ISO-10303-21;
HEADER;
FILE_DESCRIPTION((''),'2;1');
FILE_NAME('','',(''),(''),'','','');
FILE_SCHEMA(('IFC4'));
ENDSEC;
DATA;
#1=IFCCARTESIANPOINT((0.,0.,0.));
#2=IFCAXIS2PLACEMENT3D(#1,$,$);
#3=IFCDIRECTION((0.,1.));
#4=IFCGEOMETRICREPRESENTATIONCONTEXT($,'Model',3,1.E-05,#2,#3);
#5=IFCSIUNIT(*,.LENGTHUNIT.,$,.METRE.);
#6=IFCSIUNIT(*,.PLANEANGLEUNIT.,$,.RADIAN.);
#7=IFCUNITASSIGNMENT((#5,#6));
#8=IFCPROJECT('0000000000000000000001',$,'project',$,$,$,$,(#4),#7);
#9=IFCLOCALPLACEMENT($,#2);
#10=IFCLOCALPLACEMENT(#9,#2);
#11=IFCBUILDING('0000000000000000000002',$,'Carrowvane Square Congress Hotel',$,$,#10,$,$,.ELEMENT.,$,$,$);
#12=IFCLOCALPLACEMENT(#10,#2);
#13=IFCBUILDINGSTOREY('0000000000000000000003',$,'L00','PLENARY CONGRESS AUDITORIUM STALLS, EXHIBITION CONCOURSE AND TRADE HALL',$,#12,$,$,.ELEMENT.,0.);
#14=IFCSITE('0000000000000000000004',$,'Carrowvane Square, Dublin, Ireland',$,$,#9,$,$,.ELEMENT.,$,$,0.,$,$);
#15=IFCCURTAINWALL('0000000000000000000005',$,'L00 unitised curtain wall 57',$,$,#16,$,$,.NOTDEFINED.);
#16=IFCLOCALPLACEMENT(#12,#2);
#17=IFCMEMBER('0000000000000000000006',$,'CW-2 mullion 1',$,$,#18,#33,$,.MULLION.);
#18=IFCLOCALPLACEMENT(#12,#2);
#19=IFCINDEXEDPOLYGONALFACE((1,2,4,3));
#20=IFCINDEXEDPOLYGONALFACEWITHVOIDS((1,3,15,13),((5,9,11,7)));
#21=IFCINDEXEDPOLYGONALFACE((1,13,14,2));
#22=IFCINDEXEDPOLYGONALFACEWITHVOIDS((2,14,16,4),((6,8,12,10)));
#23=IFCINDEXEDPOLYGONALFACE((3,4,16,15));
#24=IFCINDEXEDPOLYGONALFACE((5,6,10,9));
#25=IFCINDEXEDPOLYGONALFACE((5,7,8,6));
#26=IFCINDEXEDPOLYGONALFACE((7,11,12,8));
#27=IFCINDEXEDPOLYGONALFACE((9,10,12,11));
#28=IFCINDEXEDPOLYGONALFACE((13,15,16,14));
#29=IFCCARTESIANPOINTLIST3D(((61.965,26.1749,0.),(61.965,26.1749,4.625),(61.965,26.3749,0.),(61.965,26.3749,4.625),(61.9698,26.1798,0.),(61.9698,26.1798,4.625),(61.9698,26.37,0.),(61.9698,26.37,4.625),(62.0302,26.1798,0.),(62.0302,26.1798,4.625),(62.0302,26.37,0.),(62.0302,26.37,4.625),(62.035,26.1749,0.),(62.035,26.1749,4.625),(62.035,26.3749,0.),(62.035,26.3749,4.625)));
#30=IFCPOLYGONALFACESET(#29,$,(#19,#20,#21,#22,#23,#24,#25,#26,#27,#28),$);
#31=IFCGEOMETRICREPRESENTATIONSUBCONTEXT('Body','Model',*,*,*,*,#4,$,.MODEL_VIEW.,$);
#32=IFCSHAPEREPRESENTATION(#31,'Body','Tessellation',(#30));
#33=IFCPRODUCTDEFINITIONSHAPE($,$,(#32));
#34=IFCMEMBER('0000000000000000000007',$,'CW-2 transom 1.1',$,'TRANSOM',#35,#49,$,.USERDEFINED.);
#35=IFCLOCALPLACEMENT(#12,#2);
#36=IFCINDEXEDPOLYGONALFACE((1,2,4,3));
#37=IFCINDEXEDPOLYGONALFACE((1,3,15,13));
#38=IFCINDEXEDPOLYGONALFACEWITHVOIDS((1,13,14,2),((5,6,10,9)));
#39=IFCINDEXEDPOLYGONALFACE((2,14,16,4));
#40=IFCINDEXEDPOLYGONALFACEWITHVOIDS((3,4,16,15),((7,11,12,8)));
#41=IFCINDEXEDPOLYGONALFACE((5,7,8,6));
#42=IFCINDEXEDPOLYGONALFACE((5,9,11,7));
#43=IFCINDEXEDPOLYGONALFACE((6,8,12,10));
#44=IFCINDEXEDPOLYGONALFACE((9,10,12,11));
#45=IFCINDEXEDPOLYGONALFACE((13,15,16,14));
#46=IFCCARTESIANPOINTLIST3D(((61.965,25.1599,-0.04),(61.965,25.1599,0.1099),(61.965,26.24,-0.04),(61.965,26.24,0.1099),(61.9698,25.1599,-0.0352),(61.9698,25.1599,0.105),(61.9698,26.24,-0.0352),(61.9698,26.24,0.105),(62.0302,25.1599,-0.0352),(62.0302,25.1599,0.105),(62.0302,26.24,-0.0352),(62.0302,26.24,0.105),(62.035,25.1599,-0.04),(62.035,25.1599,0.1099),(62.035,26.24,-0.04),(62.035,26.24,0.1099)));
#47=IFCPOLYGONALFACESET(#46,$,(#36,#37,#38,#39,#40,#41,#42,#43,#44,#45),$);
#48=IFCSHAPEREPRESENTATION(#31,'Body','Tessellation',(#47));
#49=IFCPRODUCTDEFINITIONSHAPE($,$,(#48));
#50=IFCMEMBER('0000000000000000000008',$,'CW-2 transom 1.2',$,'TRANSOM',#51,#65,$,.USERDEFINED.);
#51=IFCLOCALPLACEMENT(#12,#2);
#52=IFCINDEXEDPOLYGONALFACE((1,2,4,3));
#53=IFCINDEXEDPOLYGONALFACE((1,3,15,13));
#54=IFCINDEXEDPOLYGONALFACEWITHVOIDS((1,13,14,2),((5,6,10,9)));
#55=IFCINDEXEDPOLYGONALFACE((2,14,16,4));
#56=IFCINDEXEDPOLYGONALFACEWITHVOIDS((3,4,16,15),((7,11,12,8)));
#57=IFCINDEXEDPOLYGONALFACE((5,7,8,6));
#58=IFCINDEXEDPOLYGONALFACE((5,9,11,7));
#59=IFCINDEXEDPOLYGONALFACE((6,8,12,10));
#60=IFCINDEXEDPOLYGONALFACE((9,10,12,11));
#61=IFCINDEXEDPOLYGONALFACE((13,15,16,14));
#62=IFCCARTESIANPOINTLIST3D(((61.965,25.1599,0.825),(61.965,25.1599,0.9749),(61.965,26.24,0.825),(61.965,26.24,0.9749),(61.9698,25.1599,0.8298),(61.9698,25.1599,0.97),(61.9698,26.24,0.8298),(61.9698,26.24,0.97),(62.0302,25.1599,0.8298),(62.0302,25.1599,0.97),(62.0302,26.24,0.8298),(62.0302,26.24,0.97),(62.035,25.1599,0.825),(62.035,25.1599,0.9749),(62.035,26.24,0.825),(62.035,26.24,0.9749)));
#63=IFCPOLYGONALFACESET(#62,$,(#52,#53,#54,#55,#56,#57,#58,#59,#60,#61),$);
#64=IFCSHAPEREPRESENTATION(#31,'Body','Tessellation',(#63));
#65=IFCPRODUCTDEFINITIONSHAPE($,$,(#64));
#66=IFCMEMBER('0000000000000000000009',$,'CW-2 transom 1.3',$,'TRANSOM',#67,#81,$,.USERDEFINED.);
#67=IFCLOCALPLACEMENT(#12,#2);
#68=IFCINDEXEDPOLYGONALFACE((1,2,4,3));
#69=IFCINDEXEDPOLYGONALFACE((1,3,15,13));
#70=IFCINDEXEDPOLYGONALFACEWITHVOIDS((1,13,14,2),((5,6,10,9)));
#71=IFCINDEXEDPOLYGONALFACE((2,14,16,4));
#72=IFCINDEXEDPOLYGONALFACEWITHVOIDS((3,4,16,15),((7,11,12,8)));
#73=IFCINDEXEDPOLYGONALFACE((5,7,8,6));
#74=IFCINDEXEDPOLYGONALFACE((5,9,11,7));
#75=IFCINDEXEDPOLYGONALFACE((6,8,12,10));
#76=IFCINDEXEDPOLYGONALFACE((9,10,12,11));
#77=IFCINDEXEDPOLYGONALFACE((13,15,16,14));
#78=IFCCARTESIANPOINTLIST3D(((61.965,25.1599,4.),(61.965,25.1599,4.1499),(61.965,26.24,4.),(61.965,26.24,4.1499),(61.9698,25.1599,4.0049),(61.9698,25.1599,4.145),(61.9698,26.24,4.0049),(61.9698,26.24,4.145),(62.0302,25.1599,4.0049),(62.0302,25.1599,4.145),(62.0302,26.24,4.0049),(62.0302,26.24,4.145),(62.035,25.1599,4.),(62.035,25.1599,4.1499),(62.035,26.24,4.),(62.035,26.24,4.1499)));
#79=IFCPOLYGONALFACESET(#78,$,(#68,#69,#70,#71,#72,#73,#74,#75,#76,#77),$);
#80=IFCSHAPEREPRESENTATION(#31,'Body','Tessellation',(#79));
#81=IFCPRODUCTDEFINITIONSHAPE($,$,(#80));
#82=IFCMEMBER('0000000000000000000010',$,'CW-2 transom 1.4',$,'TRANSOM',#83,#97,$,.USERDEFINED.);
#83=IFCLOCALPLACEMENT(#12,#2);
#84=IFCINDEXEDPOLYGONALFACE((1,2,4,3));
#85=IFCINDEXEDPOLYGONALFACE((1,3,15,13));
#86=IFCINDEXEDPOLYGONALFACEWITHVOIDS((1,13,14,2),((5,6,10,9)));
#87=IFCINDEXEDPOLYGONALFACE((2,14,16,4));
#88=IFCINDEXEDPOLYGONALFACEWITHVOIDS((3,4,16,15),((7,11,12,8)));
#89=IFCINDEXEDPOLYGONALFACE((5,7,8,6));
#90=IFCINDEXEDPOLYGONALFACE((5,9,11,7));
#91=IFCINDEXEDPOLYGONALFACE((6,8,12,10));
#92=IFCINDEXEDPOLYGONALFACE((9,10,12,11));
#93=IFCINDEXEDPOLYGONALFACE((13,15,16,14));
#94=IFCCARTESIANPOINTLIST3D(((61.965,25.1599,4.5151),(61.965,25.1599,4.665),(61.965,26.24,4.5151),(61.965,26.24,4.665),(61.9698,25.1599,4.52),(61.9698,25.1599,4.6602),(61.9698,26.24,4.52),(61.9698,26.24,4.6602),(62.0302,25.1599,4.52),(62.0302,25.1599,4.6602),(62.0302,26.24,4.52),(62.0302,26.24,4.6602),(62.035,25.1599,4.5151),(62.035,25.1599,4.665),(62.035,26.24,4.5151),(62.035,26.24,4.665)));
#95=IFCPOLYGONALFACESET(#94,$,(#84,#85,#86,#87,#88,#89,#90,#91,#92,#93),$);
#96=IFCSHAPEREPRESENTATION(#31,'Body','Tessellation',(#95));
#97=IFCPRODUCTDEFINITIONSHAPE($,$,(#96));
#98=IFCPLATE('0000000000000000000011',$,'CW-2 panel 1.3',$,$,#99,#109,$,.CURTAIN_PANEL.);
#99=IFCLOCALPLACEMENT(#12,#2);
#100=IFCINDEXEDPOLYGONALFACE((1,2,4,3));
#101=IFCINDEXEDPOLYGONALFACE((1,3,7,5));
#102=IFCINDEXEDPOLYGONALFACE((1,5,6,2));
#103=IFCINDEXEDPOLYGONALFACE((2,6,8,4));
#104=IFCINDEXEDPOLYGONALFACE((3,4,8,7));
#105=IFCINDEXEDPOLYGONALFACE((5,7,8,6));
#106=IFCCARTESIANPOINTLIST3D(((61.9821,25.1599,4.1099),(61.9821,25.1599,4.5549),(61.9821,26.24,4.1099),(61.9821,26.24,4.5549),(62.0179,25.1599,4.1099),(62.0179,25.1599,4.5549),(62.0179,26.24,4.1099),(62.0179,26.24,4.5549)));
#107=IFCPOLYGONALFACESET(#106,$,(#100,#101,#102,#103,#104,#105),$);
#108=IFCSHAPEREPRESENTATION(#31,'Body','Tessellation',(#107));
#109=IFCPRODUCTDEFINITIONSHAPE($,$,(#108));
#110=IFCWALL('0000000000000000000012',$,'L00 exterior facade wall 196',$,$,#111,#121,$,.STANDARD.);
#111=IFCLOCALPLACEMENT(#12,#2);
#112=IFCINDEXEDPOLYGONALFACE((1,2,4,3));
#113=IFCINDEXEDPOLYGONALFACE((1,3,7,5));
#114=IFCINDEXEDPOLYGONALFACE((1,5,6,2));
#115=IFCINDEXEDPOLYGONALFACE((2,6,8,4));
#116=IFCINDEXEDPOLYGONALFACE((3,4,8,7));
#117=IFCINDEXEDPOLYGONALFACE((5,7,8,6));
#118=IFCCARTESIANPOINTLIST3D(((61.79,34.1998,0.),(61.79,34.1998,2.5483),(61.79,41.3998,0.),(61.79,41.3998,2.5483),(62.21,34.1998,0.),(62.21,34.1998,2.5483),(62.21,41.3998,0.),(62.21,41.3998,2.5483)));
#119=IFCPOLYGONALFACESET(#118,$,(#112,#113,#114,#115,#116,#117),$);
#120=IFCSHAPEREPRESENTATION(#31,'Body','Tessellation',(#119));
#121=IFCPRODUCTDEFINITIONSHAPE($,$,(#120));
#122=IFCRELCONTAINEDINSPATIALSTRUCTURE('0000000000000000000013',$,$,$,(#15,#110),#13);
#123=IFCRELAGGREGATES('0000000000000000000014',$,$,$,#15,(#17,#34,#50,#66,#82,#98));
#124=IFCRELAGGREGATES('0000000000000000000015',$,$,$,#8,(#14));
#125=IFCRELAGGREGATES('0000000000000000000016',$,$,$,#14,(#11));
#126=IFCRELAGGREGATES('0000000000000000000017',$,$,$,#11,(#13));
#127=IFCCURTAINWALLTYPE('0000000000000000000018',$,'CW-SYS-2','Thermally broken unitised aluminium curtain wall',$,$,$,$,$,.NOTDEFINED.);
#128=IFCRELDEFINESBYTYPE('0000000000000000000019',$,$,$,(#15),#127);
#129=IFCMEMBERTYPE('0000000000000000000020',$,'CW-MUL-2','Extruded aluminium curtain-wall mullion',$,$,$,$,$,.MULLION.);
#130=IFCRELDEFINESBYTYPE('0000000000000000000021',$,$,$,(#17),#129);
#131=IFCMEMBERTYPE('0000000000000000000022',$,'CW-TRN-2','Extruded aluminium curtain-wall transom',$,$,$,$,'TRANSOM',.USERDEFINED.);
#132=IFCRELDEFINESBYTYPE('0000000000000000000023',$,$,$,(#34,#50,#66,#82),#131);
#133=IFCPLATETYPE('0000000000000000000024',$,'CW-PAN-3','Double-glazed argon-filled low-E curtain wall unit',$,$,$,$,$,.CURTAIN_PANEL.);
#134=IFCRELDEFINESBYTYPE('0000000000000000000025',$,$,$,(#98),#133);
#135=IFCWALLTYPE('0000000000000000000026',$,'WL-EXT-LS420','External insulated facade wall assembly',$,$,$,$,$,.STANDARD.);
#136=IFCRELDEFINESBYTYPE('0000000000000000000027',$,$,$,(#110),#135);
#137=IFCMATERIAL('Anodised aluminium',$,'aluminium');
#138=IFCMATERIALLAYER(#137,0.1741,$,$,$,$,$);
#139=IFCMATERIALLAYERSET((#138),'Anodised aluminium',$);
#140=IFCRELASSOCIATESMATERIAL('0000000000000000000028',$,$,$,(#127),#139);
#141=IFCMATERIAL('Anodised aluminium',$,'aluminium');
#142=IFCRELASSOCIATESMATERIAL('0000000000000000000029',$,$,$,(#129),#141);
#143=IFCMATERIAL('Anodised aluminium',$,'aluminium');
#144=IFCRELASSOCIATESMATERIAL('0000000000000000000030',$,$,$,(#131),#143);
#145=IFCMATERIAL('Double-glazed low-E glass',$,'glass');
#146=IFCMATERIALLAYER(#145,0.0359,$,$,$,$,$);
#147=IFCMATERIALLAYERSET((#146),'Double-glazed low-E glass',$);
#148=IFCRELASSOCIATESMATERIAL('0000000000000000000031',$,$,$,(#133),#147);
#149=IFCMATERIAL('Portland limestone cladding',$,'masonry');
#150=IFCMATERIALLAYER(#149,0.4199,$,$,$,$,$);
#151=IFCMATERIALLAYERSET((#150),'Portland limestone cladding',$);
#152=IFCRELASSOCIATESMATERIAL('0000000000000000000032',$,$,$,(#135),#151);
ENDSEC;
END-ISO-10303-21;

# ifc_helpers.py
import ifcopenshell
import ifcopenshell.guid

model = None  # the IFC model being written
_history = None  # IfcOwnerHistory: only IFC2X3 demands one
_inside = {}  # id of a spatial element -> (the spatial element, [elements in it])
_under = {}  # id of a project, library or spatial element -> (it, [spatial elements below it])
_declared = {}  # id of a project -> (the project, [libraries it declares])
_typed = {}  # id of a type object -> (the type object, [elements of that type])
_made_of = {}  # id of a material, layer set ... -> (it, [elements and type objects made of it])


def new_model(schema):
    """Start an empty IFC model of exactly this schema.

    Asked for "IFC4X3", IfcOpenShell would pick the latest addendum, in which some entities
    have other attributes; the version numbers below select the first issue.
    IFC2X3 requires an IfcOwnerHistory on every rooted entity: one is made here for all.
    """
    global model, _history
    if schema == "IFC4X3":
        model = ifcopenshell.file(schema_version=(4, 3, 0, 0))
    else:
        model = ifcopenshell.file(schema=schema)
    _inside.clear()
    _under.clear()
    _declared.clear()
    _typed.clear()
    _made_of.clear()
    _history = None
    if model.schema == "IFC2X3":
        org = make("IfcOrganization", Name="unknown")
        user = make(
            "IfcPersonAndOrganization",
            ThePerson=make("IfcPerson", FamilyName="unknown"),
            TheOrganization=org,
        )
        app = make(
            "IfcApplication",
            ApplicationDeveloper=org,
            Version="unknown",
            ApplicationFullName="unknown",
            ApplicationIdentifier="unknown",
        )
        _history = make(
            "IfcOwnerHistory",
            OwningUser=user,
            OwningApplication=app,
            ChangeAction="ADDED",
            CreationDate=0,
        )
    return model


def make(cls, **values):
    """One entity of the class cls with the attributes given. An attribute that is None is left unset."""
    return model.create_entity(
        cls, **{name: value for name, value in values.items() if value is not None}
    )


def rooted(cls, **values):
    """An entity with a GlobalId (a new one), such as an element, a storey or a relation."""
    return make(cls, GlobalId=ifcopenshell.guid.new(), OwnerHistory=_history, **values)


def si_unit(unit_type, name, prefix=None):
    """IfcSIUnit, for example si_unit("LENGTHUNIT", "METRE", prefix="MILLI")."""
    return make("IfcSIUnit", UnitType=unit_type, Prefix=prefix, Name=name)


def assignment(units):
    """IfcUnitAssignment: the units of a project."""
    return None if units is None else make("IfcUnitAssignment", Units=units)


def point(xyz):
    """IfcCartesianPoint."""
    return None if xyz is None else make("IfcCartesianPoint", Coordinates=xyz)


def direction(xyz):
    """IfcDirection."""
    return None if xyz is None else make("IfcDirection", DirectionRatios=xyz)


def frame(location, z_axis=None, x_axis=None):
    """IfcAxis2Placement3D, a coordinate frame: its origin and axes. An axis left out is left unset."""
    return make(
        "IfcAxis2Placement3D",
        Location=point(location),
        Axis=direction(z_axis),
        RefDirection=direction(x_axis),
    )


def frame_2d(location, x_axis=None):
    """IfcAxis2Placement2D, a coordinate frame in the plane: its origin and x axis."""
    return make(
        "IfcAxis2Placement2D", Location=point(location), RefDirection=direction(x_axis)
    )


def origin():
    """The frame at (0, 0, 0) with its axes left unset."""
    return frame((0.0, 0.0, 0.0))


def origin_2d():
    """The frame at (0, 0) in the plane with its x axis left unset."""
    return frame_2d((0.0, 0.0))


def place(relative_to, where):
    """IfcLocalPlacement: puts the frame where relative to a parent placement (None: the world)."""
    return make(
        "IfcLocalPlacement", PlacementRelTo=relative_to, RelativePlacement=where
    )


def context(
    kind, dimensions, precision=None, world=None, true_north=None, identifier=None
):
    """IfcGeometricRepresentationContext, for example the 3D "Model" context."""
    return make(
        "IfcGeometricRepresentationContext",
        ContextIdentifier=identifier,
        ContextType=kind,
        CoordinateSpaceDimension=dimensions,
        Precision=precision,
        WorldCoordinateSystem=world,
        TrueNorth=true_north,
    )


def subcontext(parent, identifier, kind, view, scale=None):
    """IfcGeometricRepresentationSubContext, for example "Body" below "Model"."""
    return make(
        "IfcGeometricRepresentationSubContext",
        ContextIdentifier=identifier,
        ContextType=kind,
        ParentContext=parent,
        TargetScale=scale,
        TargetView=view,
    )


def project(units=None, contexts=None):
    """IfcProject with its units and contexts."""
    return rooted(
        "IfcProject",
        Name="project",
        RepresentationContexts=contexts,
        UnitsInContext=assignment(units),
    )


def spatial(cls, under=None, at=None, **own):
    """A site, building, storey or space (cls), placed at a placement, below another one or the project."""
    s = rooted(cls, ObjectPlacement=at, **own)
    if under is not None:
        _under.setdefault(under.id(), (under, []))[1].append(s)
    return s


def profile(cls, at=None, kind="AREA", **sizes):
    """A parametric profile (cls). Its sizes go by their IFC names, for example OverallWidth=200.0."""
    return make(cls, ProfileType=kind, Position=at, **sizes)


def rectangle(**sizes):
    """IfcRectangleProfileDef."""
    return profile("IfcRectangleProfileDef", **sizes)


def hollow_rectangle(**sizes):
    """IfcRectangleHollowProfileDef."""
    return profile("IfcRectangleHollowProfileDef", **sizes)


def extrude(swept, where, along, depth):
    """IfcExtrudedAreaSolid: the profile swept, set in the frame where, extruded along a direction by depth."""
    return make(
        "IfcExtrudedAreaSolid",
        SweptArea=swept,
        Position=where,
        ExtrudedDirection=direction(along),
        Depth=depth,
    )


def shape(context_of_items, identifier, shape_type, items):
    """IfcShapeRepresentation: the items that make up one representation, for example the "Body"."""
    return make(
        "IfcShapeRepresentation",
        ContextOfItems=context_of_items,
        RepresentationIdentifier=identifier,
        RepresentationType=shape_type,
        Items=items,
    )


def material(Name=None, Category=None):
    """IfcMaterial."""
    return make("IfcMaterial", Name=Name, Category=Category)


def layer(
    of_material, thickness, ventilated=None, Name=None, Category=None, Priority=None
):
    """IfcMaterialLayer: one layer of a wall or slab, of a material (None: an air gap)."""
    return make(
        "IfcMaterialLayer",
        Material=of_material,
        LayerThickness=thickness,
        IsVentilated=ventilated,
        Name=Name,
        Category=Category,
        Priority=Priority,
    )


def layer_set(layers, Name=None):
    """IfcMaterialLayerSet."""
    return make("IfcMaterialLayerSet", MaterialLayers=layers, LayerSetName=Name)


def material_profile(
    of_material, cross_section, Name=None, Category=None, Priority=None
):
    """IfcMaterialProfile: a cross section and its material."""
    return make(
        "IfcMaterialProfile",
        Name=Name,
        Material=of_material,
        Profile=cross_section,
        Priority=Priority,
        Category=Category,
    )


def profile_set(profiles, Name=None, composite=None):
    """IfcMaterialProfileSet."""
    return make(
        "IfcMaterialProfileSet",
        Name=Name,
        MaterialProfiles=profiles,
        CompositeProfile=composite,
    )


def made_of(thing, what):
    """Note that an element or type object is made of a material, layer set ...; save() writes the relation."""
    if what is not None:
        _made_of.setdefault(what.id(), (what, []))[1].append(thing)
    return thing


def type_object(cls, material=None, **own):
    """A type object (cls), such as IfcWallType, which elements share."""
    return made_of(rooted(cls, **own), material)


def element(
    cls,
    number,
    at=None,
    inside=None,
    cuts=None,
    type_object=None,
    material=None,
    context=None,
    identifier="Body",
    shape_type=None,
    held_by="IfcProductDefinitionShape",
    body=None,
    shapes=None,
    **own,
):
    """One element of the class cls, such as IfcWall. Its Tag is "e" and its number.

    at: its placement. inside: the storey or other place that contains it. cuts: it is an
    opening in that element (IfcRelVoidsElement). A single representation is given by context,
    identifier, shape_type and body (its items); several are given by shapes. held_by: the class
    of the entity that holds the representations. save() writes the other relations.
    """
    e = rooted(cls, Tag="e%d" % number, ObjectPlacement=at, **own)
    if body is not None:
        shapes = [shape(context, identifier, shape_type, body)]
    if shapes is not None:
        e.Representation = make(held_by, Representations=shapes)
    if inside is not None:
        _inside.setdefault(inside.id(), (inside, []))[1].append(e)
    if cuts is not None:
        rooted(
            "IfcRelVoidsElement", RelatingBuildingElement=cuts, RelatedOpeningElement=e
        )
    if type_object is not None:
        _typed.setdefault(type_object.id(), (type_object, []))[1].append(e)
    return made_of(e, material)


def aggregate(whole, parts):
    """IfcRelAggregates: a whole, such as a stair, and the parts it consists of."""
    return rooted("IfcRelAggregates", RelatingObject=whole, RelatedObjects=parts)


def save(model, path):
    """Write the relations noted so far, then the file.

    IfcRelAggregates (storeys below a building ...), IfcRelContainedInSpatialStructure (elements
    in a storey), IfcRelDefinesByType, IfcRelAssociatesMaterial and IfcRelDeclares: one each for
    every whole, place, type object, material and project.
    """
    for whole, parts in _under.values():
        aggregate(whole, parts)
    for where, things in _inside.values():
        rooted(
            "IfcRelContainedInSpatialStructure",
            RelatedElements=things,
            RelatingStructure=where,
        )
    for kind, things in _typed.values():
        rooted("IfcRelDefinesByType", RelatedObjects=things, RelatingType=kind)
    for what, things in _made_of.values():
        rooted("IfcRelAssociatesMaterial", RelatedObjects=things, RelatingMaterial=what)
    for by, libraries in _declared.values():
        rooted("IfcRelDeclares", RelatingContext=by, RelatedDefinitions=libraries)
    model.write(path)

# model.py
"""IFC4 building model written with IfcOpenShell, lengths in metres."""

from ifc_helpers import new_model, si_unit, direction, frame, frame_2d, origin, origin_2d, place, context, subcontext, project, spatial, rectangle, hollow_rectangle, extrude, material, layer, layer_set, material_profile, profile_set, type_object, element, aggregate, save


model = new_model("IFC4")

# Units and contexts
model_context = context("Model", 3, precision=1e-05, world=origin(), true_north=direction((0.0, 1.0)))
body_context = subcontext(model_context, "Body", "Model", "MODEL_VIEW")
ifc_project = project(units=[si_unit("LENGTHUNIT", "METRE"), si_unit("PLANEANGLEUNIT", "RADIAN")], contexts=[model_context])

# Site, building, storey
site_placement = place(None, origin())
site = spatial("IfcSite", under=ifc_project, at=site_placement, Name="Carrowvane Square, Dublin, Ireland", CompositionType="ELEMENT", RefElevation=0.0)
building_placement = place(site_placement, origin())
building = spatial("IfcBuilding", under=site, at=building_placement, Name="Carrowvane Square Congress Hotel", CompositionType="ELEMENT")
storey_placement = place(building_placement, origin())
storey = spatial("IfcBuildingStorey", under=building, at=storey_placement, Name="L00", Description="PLENARY CONGRESS AUDITORIUM STALLS, EXHIBITION CONCOURSE AND TRADE HALL", CompositionType="ELEMENT", Elevation=0.0)

# Curtain wall, members, plate
ifc_material_1 = material(Name="Anodised aluminium", Category="aluminium")
ifc_layer_1 = layer(ifc_material_1, 0.1741)
ifc_layer_set_1 = layer_set([ifc_layer_1], Name="Anodised aluminium")
curtain_wall_type = type_object("IfcCurtainWallType", Name="CW-SYS-2", Description="Thermally broken unitised aluminium curtain wall", PredefinedType="NOTDEFINED", material=ifc_layer_set_1)
curtain_wall_placement = place(storey_placement, origin())
curtain_wall = element("IfcCurtainWall", 1, at=curtain_wall_placement, inside=storey, type_object=curtain_wall_type, Name="L00 unitised curtain wall 57", PredefinedType="NOTDEFINED")
ifc_material_2 = material(Name="Anodised aluminium", Category="aluminium")
ifc_material_profile_1 = material_profile(ifc_material_2, hollow_rectangle(XDim=0.0701, YDim=0.2, WallThickness=0.0049, at=origin_2d()), Name="CW-ML 70x200x5")
ifc_profile_set_1 = profile_set([ifc_material_profile_1], Name="Anodised aluminium")
member_type_1 = type_object("IfcMemberType", Name="CW-MUL-2", Description="Extruded aluminium curtain-wall mullion", PredefinedType="MULLION", material=ifc_profile_set_1)
member_1_placement = place(storey_placement, frame((62.0, 26.2749, 0.0), z_axis=(0.0, 0.0, 1.0), x_axis=(1.0, 0.0, 0.0)))
member_1 = element("IfcMember", 2, at=member_1_placement, type_object=member_type_1, Name="CW-2 mullion 1", PredefinedType="MULLION", context=body_context, shape_type="SweptSolid", body=[
    extrude(hollow_rectangle(XDim=0.0701, YDim=0.2, WallThickness=0.0049, at=origin_2d()), origin(), (0.0, 0.0, 1.0), 4.625),
])
ifc_material_3 = material(Name="Anodised aluminium", Category="aluminium")
ifc_material_profile_2 = material_profile(ifc_material_3, hollow_rectangle(XDim=0.0701, YDim=0.1499, WallThickness=0.0049, at=origin_2d()), Name="CW-TR 70x150x5")
ifc_profile_set_2 = profile_set([ifc_material_profile_2], Name="Anodised aluminium")
member_type_2 = type_object("IfcMemberType", Name="CW-TRN-2", Description="Extruded aluminium curtain-wall transom", ElementType="TRANSOM", PredefinedType="USERDEFINED", material=ifc_profile_set_2)
member_2_placement = place(storey_placement, frame((62.0, 26.24, 0.0349), z_axis=(0.0, -1.0, 0.0), x_axis=(1.0, 0.0, 0.0)))
member_2 = element("IfcMember", 3, at=member_2_placement, type_object=member_type_2, Name="CW-2 transom 1.1", ObjectType="TRANSOM", PredefinedType="USERDEFINED", context=body_context, shape_type="SweptSolid", body=[
    extrude(hollow_rectangle(XDim=0.0701, YDim=0.1499, WallThickness=0.0049, at=origin_2d()), origin(), (0.0, 0.0, 1.0), 1.0801),
])
member_3_placement = place(storey_placement, frame((62.0, 26.24, 0.8999), z_axis=(0.0, -1.0, 0.0), x_axis=(1.0, 0.0, 0.0)))
member_3 = element("IfcMember", 4, at=member_3_placement, type_object=member_type_2, Name="CW-2 transom 1.2", ObjectType="TRANSOM", PredefinedType="USERDEFINED", context=body_context, shape_type="SweptSolid", body=[
    extrude(hollow_rectangle(XDim=0.0701, YDim=0.1499, WallThickness=0.0049, at=origin_2d()), origin(), (0.0, 0.0, 1.0), 1.0801),
])
member_4_placement = place(storey_placement, frame((62.0, 26.24, 4.075), z_axis=(0.0, -1.0, 0.0), x_axis=(1.0, 0.0, 0.0)))
member_4 = element("IfcMember", 5, at=member_4_placement, type_object=member_type_2, Name="CW-2 transom 1.3", ObjectType="TRANSOM", PredefinedType="USERDEFINED", context=body_context, shape_type="SweptSolid", body=[
    extrude(hollow_rectangle(XDim=0.0701, YDim=0.1499, WallThickness=0.0049, at=origin_2d()), origin(), (0.0, 0.0, 1.0), 1.0801),
])
member_5_placement = place(storey_placement, frame((62.0, 26.24, 4.5901), z_axis=(0.0, -1.0, 0.0), x_axis=(1.0, 0.0, 0.0)))
member_5 = element("IfcMember", 6, at=member_5_placement, type_object=member_type_2, Name="CW-2 transom 1.4", ObjectType="TRANSOM", PredefinedType="USERDEFINED", context=body_context, shape_type="SweptSolid", body=[
    extrude(hollow_rectangle(XDim=0.0701, YDim=0.1499, WallThickness=0.0049, at=origin_2d()), origin(), (0.0, 0.0, 1.0), 1.0801),
])
ifc_material_4 = material(Name="Double-glazed low-E glass", Category="glass")
ifc_layer_2 = layer(ifc_material_4, 0.0359)
ifc_layer_set_2 = layer_set([ifc_layer_2], Name="Double-glazed low-E glass")
plate_type = type_object("IfcPlateType", Name="CW-PAN-3", Description="Double-glazed argon-filled low-E curtain wall unit", PredefinedType="CURTAIN_PANEL", material=ifc_layer_set_2)
plate_placement = place(storey_placement, frame((62.0, 25.7, 4.1099), z_axis=(0.0, 0.0, 1.0), x_axis=(0.0, -1.0, 0.0)))
plate = element("IfcPlate", 7, at=plate_placement, type_object=plate_type, Name="CW-2 panel 1.3", PredefinedType="CURTAIN_PANEL", context=body_context, shape_type="SweptSolid", body=[
    extrude(rectangle(XDim=1.0801, YDim=0.0359, at=origin_2d()), origin(), (0.0, 0.0, 1.0), 0.4451),
])
aggregate(curtain_wall, [member_1, member_2, member_3, member_4, member_5, plate])

# Wall
ifc_material_5 = material(Name="Portland limestone cladding", Category="masonry")
ifc_layer_3 = layer(ifc_material_5, 0.4199)
ifc_layer_set_3 = layer_set([ifc_layer_3], Name="Portland limestone cladding")
wall_type = type_object("IfcWallType", Name="WL-EXT-LS420", Description="External insulated facade wall assembly", PredefinedType="STANDARD", material=ifc_layer_set_3)
wall_placement = place(storey_placement, frame((62.0, 41.3999, 0.0), z_axis=(0.0, 0.0, 1.0), x_axis=(0.0, -1.0, 0.0)))
element("IfcWall", 8, at=wall_placement, inside=storey, type_object=wall_type, Name="L00 exterior facade wall 196", PredefinedType="STANDARD", context=body_context, shape_type="SweptSolid", body=[
    extrude(rectangle(XDim=7.2, YDim=0.4199, at=frame_2d((3.6001, 0.0))), origin(), (0.0, 0.0, 1.0), 2.5483),
])

save(model, "model.ifc")
